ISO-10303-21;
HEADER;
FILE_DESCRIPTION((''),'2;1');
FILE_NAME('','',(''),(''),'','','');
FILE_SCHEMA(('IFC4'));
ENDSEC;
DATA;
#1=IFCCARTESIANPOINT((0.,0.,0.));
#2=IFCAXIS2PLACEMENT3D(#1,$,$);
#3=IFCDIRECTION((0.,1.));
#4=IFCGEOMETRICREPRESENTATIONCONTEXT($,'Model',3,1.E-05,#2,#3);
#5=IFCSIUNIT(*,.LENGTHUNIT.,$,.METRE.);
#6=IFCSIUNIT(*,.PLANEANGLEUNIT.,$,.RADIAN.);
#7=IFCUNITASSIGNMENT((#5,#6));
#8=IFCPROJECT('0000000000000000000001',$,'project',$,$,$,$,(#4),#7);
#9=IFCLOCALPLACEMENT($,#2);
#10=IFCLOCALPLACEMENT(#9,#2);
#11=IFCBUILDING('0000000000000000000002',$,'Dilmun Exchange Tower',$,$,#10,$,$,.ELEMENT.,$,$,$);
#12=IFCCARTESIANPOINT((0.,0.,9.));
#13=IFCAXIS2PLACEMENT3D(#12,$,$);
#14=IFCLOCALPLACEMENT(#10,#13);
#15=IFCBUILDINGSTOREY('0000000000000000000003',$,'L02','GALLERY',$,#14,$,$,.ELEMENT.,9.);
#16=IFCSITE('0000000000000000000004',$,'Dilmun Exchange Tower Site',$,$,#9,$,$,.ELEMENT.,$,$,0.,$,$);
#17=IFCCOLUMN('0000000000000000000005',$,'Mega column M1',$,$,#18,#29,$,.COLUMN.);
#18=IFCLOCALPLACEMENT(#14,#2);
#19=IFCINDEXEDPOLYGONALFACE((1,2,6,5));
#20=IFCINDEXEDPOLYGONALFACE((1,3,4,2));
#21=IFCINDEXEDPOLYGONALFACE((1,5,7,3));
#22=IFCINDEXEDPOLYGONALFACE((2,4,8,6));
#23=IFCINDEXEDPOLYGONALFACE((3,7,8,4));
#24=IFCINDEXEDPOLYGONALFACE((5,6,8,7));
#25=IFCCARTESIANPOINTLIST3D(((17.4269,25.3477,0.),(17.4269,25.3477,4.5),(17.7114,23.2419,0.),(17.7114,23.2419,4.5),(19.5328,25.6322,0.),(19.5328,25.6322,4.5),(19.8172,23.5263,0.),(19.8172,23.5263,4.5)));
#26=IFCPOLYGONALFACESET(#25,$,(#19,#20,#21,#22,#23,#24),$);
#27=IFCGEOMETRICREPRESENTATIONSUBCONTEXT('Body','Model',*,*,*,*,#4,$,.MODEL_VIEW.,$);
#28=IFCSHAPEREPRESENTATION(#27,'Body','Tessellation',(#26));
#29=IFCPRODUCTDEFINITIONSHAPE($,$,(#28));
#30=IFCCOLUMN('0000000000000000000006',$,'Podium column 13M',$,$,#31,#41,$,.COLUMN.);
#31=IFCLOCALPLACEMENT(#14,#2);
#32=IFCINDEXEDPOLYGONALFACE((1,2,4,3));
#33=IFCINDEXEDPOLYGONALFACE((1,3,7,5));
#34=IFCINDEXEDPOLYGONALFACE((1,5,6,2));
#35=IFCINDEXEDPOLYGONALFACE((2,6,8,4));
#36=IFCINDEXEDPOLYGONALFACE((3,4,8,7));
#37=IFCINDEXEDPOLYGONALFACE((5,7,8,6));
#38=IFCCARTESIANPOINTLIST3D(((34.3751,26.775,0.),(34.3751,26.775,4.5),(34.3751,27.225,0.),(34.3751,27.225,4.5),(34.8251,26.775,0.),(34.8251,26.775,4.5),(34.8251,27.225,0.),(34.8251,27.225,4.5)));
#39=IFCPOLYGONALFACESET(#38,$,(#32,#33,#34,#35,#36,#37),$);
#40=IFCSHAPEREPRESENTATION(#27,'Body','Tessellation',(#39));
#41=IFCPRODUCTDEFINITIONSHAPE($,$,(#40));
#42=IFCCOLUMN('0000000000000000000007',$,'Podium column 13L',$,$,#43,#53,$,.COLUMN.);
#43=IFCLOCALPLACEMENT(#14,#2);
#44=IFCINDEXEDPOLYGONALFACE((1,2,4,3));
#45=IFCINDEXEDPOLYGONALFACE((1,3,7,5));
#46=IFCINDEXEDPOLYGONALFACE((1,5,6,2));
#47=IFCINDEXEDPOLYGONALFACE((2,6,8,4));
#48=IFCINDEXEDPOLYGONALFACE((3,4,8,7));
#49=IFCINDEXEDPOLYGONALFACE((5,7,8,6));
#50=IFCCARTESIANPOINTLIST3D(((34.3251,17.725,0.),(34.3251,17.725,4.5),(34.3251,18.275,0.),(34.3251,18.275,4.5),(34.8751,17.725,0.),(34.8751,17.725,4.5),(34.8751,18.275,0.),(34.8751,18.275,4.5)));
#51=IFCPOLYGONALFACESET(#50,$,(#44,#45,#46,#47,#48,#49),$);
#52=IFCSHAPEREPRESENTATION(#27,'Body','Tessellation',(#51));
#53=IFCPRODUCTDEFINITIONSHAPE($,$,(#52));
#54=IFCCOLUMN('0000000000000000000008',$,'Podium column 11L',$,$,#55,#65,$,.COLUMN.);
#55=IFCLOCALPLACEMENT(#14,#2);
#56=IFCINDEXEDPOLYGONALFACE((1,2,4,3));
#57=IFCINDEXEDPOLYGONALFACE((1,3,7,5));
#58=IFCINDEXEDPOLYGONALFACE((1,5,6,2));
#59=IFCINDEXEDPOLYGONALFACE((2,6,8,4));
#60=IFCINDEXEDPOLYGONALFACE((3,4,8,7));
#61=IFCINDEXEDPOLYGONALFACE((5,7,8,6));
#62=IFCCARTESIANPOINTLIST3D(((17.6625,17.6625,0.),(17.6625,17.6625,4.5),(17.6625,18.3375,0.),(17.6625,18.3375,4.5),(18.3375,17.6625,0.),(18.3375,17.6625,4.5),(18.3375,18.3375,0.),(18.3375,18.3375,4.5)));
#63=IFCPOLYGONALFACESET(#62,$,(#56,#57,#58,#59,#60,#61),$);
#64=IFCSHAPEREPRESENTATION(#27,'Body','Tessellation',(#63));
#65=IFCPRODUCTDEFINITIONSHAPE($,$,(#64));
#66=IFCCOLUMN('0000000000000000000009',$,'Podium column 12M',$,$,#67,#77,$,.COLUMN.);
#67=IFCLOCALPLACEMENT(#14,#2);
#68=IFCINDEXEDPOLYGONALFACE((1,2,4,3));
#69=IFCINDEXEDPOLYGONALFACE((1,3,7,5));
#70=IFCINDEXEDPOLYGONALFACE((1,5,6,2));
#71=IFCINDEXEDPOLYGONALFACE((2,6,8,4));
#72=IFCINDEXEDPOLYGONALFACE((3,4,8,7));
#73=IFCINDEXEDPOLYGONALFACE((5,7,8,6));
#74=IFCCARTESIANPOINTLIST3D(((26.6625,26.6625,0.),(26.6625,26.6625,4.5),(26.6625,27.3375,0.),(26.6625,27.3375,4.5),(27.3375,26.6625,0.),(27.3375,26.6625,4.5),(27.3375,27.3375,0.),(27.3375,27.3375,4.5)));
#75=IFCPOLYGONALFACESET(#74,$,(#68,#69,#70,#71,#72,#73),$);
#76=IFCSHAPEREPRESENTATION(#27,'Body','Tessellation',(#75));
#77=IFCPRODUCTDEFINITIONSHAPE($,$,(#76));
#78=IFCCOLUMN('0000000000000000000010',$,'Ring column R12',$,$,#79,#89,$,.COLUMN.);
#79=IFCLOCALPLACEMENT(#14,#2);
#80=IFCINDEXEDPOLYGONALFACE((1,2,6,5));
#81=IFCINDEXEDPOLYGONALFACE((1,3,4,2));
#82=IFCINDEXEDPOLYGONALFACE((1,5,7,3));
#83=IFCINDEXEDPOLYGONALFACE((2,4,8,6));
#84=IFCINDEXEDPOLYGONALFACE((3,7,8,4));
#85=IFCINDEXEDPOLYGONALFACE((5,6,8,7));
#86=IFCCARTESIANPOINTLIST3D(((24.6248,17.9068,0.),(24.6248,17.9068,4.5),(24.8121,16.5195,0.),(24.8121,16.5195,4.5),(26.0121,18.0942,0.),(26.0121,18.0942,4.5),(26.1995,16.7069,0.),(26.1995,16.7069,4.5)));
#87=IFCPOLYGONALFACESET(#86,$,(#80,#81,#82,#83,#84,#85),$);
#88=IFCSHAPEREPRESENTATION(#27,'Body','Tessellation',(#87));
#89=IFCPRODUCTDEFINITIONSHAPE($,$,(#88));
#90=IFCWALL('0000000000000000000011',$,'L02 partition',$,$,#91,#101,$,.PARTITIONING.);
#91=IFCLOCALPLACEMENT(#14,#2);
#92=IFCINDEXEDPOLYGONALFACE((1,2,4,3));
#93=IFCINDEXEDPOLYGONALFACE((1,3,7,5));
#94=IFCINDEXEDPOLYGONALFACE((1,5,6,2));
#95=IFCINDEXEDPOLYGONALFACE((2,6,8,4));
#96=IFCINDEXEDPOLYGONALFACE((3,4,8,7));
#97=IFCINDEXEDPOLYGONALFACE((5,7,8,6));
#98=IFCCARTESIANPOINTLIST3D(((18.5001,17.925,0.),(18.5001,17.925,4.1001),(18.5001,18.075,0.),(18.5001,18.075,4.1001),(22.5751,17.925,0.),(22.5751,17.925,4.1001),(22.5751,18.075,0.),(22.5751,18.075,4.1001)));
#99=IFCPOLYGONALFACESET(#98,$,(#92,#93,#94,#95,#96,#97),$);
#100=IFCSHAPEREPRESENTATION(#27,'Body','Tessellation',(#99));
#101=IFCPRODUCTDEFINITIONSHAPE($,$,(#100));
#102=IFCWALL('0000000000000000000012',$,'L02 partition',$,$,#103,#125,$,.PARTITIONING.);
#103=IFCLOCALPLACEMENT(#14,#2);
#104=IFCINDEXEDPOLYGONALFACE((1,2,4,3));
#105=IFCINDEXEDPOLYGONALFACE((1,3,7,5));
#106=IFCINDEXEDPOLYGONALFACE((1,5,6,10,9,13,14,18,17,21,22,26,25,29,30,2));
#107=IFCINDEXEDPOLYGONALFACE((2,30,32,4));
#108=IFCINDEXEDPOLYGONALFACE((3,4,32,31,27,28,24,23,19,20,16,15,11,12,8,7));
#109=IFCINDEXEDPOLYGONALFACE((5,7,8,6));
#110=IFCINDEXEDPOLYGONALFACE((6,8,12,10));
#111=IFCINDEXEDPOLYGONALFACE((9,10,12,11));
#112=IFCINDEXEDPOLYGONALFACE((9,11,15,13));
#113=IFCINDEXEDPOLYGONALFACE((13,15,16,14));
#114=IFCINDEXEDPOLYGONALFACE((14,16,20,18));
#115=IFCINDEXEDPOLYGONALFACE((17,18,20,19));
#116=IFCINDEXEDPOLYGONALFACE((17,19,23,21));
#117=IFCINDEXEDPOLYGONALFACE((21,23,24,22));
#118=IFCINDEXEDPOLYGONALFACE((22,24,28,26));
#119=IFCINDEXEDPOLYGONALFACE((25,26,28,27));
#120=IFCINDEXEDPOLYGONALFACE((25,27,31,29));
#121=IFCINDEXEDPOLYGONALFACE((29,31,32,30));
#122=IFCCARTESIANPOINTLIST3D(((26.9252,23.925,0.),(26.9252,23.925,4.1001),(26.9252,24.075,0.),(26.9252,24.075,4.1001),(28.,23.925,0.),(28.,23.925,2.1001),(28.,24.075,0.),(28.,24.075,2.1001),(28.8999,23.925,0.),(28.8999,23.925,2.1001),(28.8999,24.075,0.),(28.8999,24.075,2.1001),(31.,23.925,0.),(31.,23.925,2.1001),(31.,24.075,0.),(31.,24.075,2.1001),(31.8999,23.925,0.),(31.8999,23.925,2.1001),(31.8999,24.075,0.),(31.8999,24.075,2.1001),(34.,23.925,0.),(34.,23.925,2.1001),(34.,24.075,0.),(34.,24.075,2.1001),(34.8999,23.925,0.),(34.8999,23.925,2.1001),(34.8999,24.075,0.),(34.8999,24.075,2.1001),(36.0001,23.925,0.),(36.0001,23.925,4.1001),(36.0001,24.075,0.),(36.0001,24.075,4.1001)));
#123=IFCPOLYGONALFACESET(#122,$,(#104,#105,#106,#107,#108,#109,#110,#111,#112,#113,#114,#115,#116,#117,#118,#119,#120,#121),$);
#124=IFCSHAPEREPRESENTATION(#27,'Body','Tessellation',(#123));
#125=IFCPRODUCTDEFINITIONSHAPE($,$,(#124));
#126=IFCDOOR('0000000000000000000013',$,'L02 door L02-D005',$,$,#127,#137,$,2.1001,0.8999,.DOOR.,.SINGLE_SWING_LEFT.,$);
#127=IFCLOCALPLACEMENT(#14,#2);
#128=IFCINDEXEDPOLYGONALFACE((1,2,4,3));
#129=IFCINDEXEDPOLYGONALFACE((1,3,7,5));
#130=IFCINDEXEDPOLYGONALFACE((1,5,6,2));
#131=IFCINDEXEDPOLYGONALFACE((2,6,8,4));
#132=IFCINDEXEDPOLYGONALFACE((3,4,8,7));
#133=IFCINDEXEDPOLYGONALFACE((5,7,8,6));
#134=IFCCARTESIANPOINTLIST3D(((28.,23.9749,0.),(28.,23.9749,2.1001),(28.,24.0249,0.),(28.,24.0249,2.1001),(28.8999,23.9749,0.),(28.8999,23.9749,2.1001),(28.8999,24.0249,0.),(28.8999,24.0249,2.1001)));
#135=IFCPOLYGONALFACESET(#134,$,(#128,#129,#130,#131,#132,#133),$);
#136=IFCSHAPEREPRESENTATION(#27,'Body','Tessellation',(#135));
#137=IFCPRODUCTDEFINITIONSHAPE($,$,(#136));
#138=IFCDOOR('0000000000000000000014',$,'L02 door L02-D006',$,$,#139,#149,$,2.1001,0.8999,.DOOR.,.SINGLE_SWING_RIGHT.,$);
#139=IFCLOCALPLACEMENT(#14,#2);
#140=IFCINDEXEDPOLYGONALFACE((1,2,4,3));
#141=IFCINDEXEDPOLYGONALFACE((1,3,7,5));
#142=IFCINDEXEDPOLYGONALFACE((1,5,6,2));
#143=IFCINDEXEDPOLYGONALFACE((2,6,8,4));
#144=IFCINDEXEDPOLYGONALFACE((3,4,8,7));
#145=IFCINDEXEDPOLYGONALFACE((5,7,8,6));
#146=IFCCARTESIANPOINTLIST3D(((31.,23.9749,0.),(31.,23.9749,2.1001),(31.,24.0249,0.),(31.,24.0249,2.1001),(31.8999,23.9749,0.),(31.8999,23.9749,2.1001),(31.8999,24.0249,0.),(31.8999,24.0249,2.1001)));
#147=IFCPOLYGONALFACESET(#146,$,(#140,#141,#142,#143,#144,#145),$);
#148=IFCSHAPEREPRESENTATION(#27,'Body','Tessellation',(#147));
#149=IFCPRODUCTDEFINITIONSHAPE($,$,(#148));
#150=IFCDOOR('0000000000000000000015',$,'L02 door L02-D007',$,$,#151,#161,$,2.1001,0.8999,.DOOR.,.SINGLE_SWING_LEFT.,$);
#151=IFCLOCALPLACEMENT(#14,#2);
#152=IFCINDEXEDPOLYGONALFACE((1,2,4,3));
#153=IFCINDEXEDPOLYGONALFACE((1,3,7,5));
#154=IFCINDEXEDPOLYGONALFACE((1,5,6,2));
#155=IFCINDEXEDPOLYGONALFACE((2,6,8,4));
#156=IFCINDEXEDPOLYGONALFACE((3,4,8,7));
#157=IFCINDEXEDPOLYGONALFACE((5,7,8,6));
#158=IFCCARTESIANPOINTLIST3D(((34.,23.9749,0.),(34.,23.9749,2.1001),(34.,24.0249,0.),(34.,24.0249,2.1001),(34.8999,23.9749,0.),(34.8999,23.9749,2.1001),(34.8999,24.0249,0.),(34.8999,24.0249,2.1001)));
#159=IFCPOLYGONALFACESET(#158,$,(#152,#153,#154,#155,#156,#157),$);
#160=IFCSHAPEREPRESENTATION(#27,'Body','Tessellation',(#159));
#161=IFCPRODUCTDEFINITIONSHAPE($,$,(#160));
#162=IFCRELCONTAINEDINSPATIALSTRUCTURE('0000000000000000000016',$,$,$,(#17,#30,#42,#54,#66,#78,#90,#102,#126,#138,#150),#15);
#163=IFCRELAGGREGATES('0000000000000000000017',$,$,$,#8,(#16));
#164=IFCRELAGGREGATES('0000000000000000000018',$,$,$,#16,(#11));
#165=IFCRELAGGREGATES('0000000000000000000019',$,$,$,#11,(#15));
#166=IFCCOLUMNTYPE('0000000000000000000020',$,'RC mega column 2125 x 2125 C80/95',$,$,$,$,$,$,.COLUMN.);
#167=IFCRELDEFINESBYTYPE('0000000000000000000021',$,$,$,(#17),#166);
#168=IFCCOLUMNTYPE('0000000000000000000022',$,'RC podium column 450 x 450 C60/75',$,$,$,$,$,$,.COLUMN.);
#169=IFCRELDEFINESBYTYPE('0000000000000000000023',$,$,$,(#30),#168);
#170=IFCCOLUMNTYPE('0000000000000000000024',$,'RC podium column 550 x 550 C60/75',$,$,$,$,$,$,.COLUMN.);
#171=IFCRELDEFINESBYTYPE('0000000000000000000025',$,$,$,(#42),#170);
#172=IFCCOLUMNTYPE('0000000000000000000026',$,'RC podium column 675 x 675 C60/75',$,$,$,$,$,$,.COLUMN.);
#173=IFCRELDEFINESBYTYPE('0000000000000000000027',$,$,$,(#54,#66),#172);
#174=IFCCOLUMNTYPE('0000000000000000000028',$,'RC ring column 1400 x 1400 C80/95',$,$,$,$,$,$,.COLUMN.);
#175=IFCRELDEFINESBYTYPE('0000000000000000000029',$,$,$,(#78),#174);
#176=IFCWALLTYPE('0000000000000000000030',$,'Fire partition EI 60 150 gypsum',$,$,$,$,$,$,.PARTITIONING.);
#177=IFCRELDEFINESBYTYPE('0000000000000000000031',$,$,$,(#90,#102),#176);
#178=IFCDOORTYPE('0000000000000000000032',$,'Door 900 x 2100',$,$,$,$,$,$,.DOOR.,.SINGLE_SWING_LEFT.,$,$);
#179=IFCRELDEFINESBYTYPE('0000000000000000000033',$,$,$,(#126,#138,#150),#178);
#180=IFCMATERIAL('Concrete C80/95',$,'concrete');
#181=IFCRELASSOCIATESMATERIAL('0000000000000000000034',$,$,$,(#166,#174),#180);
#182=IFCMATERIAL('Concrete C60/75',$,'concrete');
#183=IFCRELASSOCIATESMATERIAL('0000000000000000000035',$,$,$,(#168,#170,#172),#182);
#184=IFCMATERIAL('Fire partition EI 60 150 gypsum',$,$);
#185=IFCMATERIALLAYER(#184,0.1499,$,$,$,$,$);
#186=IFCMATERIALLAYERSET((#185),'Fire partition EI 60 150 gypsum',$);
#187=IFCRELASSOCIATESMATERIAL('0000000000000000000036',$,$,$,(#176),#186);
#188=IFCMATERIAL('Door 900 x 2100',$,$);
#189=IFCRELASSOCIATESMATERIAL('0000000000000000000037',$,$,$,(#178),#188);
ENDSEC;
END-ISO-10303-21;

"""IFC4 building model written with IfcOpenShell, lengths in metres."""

from ifc_helpers import new_model, si_unit, direction, frame, frame_2d, origin, origin_2d, place, context, subcontext, project, spatial, rectangle, extrude, material, layer, layer_set, material_profile, profile_set, type_object, element, fill, save


model = new_model("IFC4")

# Units and contexts
model_context = context("Model", 3, precision=1e-05, world=origin(), true_north=direction((0.0, 1.0)))
body_context = subcontext(model_context, "Body", "Model", "MODEL_VIEW")
ifc_project = project(units=[si_unit("LENGTHUNIT", "METRE"), si_unit("PLANEANGLEUNIT", "RADIAN")], contexts=[model_context])

# Site, building, storey
site_placement = place(None, origin())
site = spatial("IfcSite", under=ifc_project, at=site_placement, Name="Dilmun Exchange Tower Site", CompositionType="ELEMENT", RefElevation=0.0)
building_placement = place(site_placement, origin())
building = spatial("IfcBuilding", under=site, at=building_placement, Name="Dilmun Exchange Tower", CompositionType="ELEMENT")
storey_placement = place(building_placement, frame((0.0, 0.0, 9.0)))
storey = spatial("IfcBuildingStorey", under=building, at=storey_placement, Name="L02", Description="GALLERY", CompositionType="ELEMENT", Elevation=9.0)

# Columns
ifc_material_1 = material(Name="Concrete C80/95", Category="concrete")
ifc_material_profile_1 = material_profile(ifc_material_1, rectangle(XDim=2.125, YDim=2.125, at=origin_2d()), Name="2125 x 2125")
ifc_profile_set_1 = profile_set([ifc_material_profile_1], Name="Concrete C80/95")
column_type_1 = type_object("IfcColumnType", Name="RC mega column 2125 x 2125 C80/95", PredefinedType="COLUMN", material=ifc_profile_set_1)
column_1_placement = place(storey_placement, frame((18.6221, 24.437, 0.0), z_axis=(0.0, 0.0, 1.0), x_axis=(0.991001, 0.133853, 0.0)))
element("IfcColumn", 1, at=column_1_placement, inside=storey, type_object=column_type_1, Name="Mega column M1", PredefinedType="COLUMN", context=body_context, shape_type="SweptSolid", body=[
    extrude(rectangle(XDim=2.125, YDim=2.125, at=origin_2d()), origin(), (0.0, 0.0, 1.0), 4.5),
])
ifc_material_2 = material(Name="Concrete C60/75", Category="concrete")
ifc_material_profile_2 = material_profile(ifc_material_2, rectangle(XDim=0.45, YDim=0.45, at=origin_2d()), Name="450 x 450")
ifc_profile_set_2 = profile_set([ifc_material_profile_2], Name="Concrete C60/75")
column_type_2 = type_object("IfcColumnType", Name="RC podium column 450 x 450 C60/75", PredefinedType="COLUMN", material=ifc_profile_set_2)
column_2_placement = place(storey_placement, frame((34.6001, 27.0, 0.0), z_axis=(0.0, 0.0, 1.0), x_axis=(1.0, 0.0, 0.0)))
element("IfcColumn", 2, at=column_2_placement, inside=storey, type_object=column_type_2, Name="Podium column 13M", PredefinedType="COLUMN", context=body_context, shape_type="SweptSolid", body=[
    extrude(rectangle(XDim=0.45, YDim=0.45, at=origin_2d()), origin(), (0.0, 0.0, 1.0), 4.5),
])
ifc_material_profile_3 = material_profile(ifc_material_2, rectangle(XDim=0.55, YDim=0.55, at=origin_2d()), Name="550 x 550")
ifc_profile_set_3 = profile_set([ifc_material_profile_3], Name="Concrete C60/75")
column_type_3 = type_object("IfcColumnType", Name="RC podium column 550 x 550 C60/75", PredefinedType="COLUMN", material=ifc_profile_set_3)
column_3_placement = place(storey_placement, frame((34.6001, 18.0, 0.0), z_axis=(0.0, 0.0, 1.0), x_axis=(1.0, 0.0, 0.0)))
element("IfcColumn", 3, at=column_3_placement, inside=storey, type_object=column_type_3, Name="Podium column 13L", PredefinedType="COLUMN", context=body_context, shape_type="SweptSolid", body=[
    extrude(rectangle(XDim=0.55, YDim=0.55, at=origin_2d()), origin(), (0.0, 0.0, 1.0), 4.5),
])
ifc_material_profile_4 = material_profile(ifc_material_2, rectangle(XDim=0.675, YDim=0.675, at=origin_2d()), Name="675 x 675")
ifc_profile_set_4 = profile_set([ifc_material_profile_4], Name="Concrete C60/75")
column_type_4 = type_object("IfcColumnType", Name="RC podium column 675 x 675 C60/75", PredefinedType="COLUMN", material=ifc_profile_set_4)
for number, where, z_axis, x_axis, name in (
    (4, (18.0, 18.0, 0.0), (0.0, 0.0, 1.0), (1.0, 0.0, 0.0), "Podium column 11L"),
    (5, (27.0, 27.0, 0.0), (0.0, 0.0, 1.0), (1.0, 0.0, 0.0), "Podium column 12M"),
):
    element("IfcColumn", number, at=place(storey_placement, frame(where, z_axis=z_axis, x_axis=x_axis)), inside=storey, type_object=column_type_4, Name=name, PredefinedType="COLUMN", context=body_context, shape_type="SweptSolid", body=[
        extrude(rectangle(XDim=0.675, YDim=0.675, at=origin_2d()), origin(), (0.0, 0.0, 1.0), 4.5),
    ])
ifc_material_profile_5 = material_profile(ifc_material_1, rectangle(XDim=1.3999, YDim=1.3999, at=origin_2d()), Name="1400 x 1400")
ifc_profile_set_5 = profile_set([ifc_material_profile_5], Name="Concrete C80/95")
column_type_5 = type_object("IfcColumnType", Name="RC ring column 1400 x 1400 C80/95", PredefinedType="COLUMN", material=ifc_profile_set_5)
column_4_placement = place(storey_placement, frame((25.4121, 17.3069, 0.0), z_axis=(0.0, 0.0, 1.0), x_axis=(0.991001, 0.133853, 0.0)))
element("IfcColumn", 6, at=column_4_placement, inside=storey, type_object=column_type_5, Name="Ring column R12", PredefinedType="COLUMN", context=body_context, shape_type="SweptSolid", body=[
    extrude(rectangle(XDim=1.3999, YDim=1.3999, at=origin_2d()), origin(), (0.0, 0.0, 1.0), 4.5),
])

# Wall
ifc_material_3 = material(Name="Fire partition EI 60 150 gypsum")
ifc_layer_1 = layer(ifc_material_3, 0.1499)
ifc_layer_set_1 = layer_set([ifc_layer_1], Name="Fire partition EI 60 150 gypsum")
wall_type_1 = type_object("IfcWallType", Name="Fire partition EI 60 150 gypsum", PredefinedType="PARTITIONING", material=ifc_layer_set_1)
wall_1_placement = place(storey_placement, frame((18.5, 18.0, 0.0), z_axis=(0.0, 0.0, 1.0), x_axis=(1.0, 0.0, 0.0)))
element("IfcWall", 7, at=wall_1_placement, inside=storey, type_object=wall_type_1, Name="L02 partition", PredefinedType="PARTITIONING", context=body_context, shape_type="SweptSolid", body=[
    extrude(rectangle(XDim=4.075, YDim=0.1499, at=frame_2d((2.0376, 0.0))), origin(), (0.0, 0.0, 1.0), 4.1001),
])

# Wall, openings, doors
wall_2_placement = place(storey_placement, frame((26.925, 24.0, 0.0), z_axis=(0.0, 0.0, 1.0), x_axis=(1.0, 0.0, 0.0)))
wall_2 = element("IfcWall", 8, at=wall_2_placement, inside=storey, type_object=wall_type_1, Name="L02 partition", PredefinedType="PARTITIONING", context=body_context, shape_type="SweptSolid", body=[
    extrude(rectangle(XDim=9.075, YDim=0.1499, at=frame_2d((4.5376, 0.0))), origin(), (0.0, 0.0, 1.0), 4.1001),
])
opening_1_placement = place(wall_2_placement, frame((1.075, 0.0, 0.0)))
opening_1 = element("IfcOpeningElement", 9, at=opening_1_placement, cuts=wall_2, PredefinedType="OPENING", context=body_context, shape_type="SweptSolid", body=[
    extrude(rectangle(XDim=0.8999, YDim=2.1001, at=frame_2d((0.45, 1.05))), frame((0.0, 0.085, 0.0), z_axis=(0.0, -1.0, 0.0), x_axis=(1.0, 0.0, 0.0)), (0.0, 0.0, 1.0), 0.1699),
])
opening_2_placement = place(wall_2_placement, frame((4.075, 0.0, 0.0)))
opening_2 = element("IfcOpeningElement", 10, at=opening_2_placement, cuts=wall_2, PredefinedType="OPENING", context=body_context, shape_type="SweptSolid", body=[
    extrude(rectangle(XDim=0.8999, YDim=2.1001, at=frame_2d((0.45, 1.05))), frame((0.0, 0.085, 0.0), z_axis=(0.0, -1.0, 0.0), x_axis=(1.0, 0.0, 0.0)), (0.0, 0.0, 1.0), 0.1699),
])
opening_3_placement = place(wall_2_placement, frame((7.075, 0.0, 0.0)))
opening_3 = element("IfcOpeningElement", 11, at=opening_3_placement, cuts=wall_2, PredefinedType="OPENING", context=body_context, shape_type="SweptSolid", body=[
    extrude(rectangle(XDim=0.8999, YDim=2.1001, at=frame_2d((0.45, 1.05))), frame((0.0, 0.085, 0.0), z_axis=(0.0, -1.0, 0.0), x_axis=(1.0, 0.0, 0.0)), (0.0, 0.0, 1.0), 0.1699),
])
ifc_material_4 = material(Name="Door 900 x 2100")
door_type_1 = type_object("IfcDoorType", Name="Door 900 x 2100", OperationType="SINGLE_SWING_LEFT", PredefinedType="DOOR", material=ifc_material_4)
door_1_placement = place(opening_1_placement, origin())
door_1 = element("IfcDoor", 12, at=door_1_placement, inside=storey, type_object=door_type_1, Name="L02 door L02-D005", OperationType="SINGLE_SWING_LEFT", OverallHeight=2.1001, OverallWidth=0.8999, PredefinedType="DOOR", context=body_context, shape_type="SweptSolid", body=[
    extrude(rectangle(XDim=0.8999, YDim=2.1001, at=frame_2d((0.45, 1.05))), frame((0.0, 0.0249, 0.0), z_axis=(0.0, -1.0, 0.0), x_axis=(1.0, 0.0, 0.0)), (0.0, 0.0, 1.0), 0.05),
])
fill(opening_1, door_1)
door_2_placement = place(opening_2_placement, origin())
door_2 = element("IfcDoor", 13, at=door_2_placement, inside=storey, type_object=door_type_1, Name="L02 door L02-D006", OperationType="SINGLE_SWING_RIGHT", OverallHeight=2.1001, OverallWidth=0.8999, PredefinedType="DOOR", context=body_context, shape_type="SweptSolid", body=[
    extrude(rectangle(XDim=0.8999, YDim=2.1001, at=frame_2d((0.45, 1.05))), frame((0.0, 0.0249, 0.0), z_axis=(0.0, -1.0, 0.0), x_axis=(1.0, 0.0, 0.0)), (0.0, 0.0, 1.0), 0.05),
])
fill(opening_2, door_2)
door_3_placement = place(opening_3_placement, origin())
door_3 = element("IfcDoor", 14, at=door_3_placement, inside=storey, type_object=door_type_1, Name="L02 door L02-D007", OperationType="SINGLE_SWING_LEFT", OverallHeight=2.1001, OverallWidth=0.8999, PredefinedType="DOOR", context=body_context, shape_type="SweptSolid", body=[
    extrude(rectangle(XDim=0.8999, YDim=2.1001, at=frame_2d((0.45, 1.05))), frame((0.0, 0.0249, 0.0), z_axis=(0.0, -1.0, 0.0), x_axis=(1.0, 0.0, 0.0)), (0.0, 0.0, 1.0), 0.05),
])
fill(opening_3, door_3)

save(model, "model.ifc")
